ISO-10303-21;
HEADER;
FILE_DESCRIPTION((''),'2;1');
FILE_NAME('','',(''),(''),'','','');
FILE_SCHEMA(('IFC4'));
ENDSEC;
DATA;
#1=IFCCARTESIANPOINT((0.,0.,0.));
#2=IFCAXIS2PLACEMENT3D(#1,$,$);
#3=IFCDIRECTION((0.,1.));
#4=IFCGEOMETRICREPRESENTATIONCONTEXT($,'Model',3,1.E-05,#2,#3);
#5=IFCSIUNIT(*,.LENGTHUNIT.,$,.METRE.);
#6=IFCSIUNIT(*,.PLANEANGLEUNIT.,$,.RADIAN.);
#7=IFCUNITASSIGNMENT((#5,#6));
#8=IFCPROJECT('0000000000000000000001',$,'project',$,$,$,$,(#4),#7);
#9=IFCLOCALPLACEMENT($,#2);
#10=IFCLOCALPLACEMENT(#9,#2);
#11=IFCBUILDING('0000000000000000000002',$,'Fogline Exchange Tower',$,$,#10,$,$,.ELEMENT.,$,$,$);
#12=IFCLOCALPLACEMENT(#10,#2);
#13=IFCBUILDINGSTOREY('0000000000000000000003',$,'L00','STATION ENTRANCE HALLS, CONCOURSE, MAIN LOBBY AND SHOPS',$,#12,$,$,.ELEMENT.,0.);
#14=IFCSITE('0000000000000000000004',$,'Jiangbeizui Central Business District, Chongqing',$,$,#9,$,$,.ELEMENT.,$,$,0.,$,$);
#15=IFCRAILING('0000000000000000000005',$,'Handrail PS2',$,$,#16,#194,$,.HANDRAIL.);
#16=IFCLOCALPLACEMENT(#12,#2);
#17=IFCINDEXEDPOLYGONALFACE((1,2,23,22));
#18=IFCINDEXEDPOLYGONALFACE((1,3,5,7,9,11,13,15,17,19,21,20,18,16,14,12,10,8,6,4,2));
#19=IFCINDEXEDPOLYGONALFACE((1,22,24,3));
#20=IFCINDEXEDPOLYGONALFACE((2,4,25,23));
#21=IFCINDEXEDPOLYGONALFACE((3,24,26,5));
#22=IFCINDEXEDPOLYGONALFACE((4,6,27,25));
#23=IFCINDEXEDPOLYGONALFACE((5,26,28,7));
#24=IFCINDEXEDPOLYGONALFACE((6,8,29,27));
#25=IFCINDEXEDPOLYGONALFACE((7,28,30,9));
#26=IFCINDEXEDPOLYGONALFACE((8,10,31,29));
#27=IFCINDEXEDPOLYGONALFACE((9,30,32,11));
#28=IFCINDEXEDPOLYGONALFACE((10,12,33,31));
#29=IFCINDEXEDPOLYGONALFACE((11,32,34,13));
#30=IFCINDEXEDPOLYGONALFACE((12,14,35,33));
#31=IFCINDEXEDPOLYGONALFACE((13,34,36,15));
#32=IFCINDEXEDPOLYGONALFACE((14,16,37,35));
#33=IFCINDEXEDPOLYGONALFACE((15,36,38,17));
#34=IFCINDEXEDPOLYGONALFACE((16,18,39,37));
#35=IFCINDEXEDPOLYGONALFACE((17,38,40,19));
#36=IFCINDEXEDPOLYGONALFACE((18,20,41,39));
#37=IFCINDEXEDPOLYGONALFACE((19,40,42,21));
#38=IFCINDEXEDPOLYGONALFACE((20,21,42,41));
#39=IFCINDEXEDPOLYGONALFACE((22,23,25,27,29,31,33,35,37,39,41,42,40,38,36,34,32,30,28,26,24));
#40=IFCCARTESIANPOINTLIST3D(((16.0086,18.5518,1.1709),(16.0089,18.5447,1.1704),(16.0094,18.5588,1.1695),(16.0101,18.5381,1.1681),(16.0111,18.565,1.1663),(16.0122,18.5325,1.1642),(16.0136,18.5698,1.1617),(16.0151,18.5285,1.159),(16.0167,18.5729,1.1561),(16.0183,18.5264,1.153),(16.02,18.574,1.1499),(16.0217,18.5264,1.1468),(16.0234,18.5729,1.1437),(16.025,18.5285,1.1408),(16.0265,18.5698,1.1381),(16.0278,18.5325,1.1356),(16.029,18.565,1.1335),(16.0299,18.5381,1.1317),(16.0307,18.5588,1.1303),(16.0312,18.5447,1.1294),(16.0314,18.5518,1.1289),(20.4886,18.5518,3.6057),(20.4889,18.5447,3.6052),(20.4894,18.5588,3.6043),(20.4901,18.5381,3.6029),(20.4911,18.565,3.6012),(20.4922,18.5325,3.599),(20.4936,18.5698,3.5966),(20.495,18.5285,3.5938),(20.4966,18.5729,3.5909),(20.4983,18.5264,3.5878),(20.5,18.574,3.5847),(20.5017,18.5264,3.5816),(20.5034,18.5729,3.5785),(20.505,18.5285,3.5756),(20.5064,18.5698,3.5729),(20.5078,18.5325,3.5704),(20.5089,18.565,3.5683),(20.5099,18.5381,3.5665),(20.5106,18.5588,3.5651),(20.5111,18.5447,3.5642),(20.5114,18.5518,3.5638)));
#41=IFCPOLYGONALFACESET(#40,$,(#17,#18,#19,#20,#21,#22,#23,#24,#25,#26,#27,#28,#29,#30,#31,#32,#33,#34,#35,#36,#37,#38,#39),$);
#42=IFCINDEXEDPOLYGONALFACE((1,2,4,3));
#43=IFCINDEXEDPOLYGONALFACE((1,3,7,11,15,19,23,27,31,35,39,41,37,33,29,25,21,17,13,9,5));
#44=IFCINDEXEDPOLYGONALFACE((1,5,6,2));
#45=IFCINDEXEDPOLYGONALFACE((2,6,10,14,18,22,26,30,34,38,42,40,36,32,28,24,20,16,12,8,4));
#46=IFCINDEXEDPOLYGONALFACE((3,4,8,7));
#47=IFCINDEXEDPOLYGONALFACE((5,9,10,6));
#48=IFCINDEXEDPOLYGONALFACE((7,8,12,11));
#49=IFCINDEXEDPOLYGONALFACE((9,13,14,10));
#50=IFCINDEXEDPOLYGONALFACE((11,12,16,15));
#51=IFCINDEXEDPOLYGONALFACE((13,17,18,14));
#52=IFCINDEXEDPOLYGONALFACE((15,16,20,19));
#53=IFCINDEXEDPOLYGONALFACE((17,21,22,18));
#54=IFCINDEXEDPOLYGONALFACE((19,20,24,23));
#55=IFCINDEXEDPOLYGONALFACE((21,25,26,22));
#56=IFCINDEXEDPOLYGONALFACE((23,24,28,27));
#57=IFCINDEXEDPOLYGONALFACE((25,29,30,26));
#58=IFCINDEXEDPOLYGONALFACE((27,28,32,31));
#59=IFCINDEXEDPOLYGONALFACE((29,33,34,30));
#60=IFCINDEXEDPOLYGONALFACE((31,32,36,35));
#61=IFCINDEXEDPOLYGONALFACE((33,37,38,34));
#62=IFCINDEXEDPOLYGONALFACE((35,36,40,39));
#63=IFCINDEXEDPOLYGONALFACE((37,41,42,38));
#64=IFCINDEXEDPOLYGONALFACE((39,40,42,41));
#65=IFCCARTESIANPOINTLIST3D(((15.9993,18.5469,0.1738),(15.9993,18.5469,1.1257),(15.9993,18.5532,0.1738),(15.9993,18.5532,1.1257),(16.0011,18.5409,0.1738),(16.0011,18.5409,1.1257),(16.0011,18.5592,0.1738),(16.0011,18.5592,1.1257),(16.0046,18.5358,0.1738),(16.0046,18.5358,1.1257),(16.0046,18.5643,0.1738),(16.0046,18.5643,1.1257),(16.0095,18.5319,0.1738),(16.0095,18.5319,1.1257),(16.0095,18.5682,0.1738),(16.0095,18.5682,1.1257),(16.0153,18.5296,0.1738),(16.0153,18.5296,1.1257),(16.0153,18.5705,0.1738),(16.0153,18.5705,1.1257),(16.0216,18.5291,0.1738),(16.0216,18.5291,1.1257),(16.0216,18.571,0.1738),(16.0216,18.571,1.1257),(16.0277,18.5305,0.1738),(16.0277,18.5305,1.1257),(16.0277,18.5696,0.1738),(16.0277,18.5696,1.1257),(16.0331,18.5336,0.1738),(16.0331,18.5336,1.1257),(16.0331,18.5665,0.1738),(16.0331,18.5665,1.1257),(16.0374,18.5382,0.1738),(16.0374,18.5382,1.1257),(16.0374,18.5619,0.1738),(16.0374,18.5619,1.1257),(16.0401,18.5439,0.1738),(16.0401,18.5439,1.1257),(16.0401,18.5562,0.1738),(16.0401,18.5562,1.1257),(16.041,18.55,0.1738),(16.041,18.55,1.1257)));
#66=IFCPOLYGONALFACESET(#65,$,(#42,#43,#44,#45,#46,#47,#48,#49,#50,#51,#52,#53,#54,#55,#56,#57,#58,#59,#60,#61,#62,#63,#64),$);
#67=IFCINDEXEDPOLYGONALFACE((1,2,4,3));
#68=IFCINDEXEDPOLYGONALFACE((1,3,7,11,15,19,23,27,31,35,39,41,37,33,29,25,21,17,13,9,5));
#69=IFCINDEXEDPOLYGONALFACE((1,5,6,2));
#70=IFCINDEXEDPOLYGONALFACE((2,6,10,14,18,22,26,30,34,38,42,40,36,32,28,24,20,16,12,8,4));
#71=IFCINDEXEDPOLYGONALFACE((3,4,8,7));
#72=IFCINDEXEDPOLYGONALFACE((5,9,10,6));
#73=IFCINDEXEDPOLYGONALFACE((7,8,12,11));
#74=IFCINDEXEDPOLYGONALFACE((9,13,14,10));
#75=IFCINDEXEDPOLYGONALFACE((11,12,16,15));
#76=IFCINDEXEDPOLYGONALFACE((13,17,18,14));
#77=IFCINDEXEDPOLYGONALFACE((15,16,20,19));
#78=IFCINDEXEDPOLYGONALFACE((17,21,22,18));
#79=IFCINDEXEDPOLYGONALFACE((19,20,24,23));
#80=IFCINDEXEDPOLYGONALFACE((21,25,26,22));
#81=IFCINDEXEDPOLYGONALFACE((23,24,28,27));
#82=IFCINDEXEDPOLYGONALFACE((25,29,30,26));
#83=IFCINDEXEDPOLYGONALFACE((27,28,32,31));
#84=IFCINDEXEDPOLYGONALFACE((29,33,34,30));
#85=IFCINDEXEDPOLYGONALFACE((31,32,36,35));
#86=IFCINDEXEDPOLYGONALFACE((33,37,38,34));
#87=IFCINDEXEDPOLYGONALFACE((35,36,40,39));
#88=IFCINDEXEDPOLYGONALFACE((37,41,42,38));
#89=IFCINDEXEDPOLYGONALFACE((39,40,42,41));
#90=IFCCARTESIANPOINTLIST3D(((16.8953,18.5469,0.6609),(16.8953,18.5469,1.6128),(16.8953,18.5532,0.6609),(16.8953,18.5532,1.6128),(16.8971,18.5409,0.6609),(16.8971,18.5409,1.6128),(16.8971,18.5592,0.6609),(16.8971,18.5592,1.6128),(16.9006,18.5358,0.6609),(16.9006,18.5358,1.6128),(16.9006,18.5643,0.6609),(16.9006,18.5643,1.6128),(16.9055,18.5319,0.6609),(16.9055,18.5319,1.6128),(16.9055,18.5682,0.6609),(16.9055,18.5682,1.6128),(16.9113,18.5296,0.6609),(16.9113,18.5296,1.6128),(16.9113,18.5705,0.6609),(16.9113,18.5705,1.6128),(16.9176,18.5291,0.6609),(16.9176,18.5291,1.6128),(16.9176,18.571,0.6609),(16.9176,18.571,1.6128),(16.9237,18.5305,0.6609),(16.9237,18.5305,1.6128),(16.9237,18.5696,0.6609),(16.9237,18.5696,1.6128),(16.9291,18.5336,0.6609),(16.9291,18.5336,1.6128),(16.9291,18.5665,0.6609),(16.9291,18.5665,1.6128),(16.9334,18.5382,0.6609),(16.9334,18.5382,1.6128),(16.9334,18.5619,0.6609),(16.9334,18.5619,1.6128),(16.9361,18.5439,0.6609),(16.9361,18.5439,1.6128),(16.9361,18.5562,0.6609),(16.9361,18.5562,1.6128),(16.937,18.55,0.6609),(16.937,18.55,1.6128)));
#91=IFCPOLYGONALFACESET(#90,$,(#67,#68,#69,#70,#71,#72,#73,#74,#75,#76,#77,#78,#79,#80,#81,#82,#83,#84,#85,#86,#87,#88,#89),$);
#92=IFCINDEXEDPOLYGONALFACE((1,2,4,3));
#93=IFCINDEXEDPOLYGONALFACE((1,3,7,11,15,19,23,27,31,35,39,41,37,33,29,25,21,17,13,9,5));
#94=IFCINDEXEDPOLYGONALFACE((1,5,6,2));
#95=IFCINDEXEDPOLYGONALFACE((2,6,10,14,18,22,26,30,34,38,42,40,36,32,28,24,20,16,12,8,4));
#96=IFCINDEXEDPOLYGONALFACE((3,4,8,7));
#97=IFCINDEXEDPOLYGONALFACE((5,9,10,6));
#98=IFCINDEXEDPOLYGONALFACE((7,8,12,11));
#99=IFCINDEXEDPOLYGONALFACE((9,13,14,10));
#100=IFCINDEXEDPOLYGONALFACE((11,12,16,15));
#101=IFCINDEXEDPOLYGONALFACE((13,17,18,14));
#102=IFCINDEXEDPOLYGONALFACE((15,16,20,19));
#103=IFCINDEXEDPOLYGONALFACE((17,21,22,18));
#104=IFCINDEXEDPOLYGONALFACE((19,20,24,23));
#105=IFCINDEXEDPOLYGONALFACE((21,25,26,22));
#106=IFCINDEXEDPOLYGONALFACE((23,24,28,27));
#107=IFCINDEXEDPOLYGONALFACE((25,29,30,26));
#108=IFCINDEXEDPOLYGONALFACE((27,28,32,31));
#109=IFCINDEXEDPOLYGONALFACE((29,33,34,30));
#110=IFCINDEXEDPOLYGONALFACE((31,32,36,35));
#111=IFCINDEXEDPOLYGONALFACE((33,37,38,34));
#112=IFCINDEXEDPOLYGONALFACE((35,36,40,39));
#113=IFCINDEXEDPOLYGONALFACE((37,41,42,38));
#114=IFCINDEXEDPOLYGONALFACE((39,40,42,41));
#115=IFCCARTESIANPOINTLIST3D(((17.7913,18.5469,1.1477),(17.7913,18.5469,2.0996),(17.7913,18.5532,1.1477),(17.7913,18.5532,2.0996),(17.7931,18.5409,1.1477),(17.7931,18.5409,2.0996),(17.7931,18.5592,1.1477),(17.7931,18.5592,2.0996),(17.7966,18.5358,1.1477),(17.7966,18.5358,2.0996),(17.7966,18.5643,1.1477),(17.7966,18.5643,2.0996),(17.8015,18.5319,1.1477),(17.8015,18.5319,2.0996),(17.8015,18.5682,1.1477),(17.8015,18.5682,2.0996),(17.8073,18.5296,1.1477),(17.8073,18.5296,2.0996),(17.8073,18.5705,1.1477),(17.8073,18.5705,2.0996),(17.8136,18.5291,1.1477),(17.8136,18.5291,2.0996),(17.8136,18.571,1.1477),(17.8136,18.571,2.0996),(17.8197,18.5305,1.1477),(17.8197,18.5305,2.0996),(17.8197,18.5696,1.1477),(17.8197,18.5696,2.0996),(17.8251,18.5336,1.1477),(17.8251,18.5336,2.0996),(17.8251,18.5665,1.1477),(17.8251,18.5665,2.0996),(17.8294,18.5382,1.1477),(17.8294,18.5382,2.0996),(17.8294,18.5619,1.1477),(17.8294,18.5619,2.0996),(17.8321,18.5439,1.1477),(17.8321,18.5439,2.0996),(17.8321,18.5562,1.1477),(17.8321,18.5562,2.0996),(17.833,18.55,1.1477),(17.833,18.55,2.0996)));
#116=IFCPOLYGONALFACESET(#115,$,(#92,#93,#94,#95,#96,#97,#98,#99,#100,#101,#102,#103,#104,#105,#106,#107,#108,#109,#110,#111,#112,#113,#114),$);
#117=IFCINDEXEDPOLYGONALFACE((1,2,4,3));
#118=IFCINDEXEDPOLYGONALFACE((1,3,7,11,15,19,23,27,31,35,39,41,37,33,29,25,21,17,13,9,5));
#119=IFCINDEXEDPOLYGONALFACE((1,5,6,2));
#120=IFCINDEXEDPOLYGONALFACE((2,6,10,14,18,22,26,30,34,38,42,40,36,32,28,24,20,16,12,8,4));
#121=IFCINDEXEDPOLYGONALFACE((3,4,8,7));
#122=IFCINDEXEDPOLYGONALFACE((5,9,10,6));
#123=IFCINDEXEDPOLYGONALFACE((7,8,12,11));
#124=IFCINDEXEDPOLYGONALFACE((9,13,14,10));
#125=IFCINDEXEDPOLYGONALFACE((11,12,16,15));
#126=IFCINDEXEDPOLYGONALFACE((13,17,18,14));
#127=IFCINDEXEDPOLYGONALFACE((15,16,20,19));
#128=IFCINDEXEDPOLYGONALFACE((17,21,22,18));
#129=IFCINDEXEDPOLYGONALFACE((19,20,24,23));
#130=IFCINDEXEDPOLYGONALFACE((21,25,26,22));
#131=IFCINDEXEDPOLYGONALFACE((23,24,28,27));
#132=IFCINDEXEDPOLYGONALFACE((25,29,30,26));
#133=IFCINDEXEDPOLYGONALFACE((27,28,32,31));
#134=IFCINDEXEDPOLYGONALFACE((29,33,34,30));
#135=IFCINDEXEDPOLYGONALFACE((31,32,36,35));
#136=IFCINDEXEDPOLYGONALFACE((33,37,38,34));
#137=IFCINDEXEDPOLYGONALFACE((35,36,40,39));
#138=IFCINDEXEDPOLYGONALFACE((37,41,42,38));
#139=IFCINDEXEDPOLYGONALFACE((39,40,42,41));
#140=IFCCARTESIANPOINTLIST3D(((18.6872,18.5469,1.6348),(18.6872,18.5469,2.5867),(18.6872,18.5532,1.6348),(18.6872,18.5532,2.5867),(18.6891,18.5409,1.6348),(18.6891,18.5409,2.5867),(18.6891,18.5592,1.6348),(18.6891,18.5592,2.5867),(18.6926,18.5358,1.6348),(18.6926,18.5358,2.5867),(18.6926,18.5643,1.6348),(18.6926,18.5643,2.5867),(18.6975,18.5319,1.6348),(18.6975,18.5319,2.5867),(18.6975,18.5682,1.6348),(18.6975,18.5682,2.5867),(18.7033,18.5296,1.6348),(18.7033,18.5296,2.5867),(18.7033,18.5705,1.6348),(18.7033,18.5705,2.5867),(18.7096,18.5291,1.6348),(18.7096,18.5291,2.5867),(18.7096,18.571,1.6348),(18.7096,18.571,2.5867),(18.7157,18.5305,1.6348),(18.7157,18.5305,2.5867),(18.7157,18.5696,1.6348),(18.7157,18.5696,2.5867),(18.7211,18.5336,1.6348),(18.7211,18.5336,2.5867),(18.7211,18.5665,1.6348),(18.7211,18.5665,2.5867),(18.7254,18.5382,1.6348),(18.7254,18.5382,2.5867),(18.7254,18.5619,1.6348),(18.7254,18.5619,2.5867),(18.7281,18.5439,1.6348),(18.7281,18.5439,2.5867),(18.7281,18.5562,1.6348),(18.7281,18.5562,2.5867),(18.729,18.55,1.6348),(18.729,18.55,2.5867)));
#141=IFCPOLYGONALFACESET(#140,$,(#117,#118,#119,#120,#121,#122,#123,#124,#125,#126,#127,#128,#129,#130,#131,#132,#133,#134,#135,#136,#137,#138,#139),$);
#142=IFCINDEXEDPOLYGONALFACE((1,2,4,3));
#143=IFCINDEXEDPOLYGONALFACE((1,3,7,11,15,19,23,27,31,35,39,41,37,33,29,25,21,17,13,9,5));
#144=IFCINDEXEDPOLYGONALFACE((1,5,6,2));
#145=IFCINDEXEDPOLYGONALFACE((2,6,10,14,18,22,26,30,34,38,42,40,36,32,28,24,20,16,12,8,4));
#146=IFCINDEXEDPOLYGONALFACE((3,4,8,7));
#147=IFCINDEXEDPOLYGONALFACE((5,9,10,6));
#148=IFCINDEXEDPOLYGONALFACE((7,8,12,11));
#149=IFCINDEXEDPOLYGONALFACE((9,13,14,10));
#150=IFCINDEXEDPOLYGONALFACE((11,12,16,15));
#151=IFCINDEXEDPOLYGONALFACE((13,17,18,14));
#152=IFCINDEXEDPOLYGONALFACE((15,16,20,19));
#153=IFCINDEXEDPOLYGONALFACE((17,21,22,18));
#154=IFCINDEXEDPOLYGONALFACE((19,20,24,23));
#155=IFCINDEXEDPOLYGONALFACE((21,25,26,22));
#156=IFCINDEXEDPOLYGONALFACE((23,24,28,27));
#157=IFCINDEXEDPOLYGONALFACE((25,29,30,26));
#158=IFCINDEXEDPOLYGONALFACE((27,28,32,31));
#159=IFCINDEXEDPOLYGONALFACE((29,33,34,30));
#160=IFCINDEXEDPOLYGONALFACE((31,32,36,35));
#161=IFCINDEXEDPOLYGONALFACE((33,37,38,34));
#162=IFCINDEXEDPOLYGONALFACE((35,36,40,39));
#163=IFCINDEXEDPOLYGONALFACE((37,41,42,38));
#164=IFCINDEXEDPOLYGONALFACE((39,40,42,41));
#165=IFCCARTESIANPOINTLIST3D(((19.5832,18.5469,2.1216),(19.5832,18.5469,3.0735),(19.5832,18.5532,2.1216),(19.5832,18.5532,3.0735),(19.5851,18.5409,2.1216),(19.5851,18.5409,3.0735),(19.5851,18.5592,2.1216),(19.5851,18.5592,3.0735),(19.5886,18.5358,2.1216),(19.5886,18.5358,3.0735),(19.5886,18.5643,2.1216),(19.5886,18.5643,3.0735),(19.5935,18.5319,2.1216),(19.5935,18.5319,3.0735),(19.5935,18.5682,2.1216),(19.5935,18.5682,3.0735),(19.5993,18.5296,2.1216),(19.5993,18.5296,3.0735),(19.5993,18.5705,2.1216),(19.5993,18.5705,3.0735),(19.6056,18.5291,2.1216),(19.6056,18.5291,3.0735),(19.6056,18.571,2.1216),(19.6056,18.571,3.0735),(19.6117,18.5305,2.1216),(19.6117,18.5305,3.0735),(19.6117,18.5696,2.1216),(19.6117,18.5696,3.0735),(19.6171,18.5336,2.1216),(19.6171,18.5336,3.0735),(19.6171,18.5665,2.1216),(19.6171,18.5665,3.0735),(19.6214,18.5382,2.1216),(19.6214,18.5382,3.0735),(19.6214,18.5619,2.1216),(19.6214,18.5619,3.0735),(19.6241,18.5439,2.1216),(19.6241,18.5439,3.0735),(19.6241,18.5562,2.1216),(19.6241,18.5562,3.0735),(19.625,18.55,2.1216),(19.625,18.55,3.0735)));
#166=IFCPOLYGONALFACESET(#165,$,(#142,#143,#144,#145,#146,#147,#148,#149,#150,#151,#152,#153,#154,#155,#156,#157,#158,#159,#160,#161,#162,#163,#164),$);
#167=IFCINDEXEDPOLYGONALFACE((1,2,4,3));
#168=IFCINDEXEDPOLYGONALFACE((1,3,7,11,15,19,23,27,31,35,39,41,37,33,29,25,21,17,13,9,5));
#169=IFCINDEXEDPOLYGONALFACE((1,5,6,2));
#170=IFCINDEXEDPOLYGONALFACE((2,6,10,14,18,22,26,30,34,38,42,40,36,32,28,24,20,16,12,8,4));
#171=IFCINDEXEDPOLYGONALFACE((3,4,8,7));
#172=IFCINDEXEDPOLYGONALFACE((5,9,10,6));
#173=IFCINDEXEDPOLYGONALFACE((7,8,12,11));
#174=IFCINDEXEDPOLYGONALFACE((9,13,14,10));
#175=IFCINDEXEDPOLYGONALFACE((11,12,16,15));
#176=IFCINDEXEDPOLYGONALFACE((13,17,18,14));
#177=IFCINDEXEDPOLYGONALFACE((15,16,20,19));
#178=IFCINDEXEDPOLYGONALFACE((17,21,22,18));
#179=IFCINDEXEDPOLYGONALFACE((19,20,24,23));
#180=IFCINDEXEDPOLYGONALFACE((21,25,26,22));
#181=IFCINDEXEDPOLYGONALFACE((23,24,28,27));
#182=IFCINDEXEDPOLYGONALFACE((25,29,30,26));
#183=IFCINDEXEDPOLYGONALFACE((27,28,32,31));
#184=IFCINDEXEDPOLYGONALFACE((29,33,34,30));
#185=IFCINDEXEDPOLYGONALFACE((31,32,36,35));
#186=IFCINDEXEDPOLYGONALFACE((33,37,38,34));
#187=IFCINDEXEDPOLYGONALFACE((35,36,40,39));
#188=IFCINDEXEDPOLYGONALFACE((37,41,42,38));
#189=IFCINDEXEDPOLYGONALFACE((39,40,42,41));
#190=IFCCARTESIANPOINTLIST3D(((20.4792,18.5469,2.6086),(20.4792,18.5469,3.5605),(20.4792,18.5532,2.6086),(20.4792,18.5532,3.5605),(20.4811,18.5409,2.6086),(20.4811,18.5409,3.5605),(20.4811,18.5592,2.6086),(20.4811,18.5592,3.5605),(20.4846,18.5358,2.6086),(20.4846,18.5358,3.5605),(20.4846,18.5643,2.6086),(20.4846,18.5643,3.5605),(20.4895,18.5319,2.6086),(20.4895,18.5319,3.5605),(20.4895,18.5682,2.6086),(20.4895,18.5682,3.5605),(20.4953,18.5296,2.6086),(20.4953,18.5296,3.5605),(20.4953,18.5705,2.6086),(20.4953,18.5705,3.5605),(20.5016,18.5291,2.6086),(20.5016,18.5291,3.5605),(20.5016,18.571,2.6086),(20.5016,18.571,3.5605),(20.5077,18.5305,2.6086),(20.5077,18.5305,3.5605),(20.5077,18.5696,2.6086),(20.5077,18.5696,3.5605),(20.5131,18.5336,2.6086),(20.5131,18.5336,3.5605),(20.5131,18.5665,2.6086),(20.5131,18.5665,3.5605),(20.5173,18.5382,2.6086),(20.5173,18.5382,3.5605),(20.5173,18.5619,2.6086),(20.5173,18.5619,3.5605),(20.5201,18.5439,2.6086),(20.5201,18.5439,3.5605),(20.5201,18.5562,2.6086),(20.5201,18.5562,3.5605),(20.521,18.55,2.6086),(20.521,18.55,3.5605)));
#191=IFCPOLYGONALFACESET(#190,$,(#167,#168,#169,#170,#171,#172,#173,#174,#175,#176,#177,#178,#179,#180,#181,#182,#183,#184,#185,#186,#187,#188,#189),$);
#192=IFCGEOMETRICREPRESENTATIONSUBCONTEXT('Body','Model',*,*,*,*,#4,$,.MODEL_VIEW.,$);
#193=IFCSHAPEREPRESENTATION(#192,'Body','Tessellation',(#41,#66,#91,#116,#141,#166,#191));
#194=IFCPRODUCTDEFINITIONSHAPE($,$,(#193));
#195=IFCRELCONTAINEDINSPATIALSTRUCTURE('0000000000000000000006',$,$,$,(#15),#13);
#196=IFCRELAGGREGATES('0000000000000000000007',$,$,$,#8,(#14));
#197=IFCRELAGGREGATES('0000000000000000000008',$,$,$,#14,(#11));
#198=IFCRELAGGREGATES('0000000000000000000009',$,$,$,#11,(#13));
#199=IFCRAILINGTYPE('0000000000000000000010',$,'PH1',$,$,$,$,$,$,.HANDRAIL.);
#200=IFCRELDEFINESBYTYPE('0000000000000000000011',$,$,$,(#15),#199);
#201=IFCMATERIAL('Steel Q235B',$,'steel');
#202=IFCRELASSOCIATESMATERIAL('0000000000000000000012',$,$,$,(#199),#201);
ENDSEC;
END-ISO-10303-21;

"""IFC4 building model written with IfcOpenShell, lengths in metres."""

from ifc_helpers import new_model, si_unit, direction, frame, origin, origin_2d, place, context, subcontext, project, spatial, circle, extrude, material, type_object, element, save


model = new_model("IFC4")

# Units and contexts
model_context = context("Model", 3, precision=1e-05, world=origin(), true_north=direction((0.0, 1.0)))
body_context = subcontext(model_context, "Body", "Model", "MODEL_VIEW")
ifc_project = project(units=[si_unit("LENGTHUNIT", "METRE"), si_unit("PLANEANGLEUNIT", "RADIAN")], contexts=[model_context])

# Site, building, storey
site_placement = place(None, origin())
site = spatial("IfcSite", under=ifc_project, at=site_placement, Name="Jiangbeizui Central Business District, Chongqing", CompositionType="ELEMENT", RefElevation=0.0)
building_placement = place(site_placement, origin())
building = spatial("IfcBuilding", under=site, at=building_placement, Name="Fogline Exchange Tower", CompositionType="ELEMENT")
storey_placement = place(building_placement, origin())
storey = spatial("IfcBuildingStorey", under=building, at=storey_placement, Name="L00", Description="STATION ENTRANCE HALLS, CONCOURSE, MAIN LOBBY AND SHOPS", CompositionType="ELEMENT", Elevation=0.0)

# Shared definitions
ifc_material_1 = material(Name="Steel Q235B", Category="steel")

# Railing
railing_type_1 = type_object("IfcRailingType", Name="PH1", PredefinedType="HANDRAIL", material=ifc_material_1)
for number, where, name in (
    (1, (16.02, 18.55, 0.1738), "Handrail PS2"),
):
    element("IfcRailing", number, at=place(storey_placement, frame(where)), inside=storey, type_object=railing_type_1, Name=name, PredefinedType="HANDRAIL", context=body_context, shape_type="SweptSolid", body=[
        extrude(circle(Radius=0.0239, at=origin_2d()), frame((0.0, 0.0, 0.9761), z_axis=(0.878621, 0.0, 0.47752), x_axis=(0.0, 1.0, 0.0)), (0.0, 0.0, 1.0), 5.0989),
        extrude(circle(Radius=0.021, at=origin_2d()), origin(), (0.0, 0.0, 1.0), 0.9519),
        extrude(circle(Radius=0.021, at=origin_2d()), frame((0.896, 0.0, 0.4871)), (0.0, 0.0, 1.0), 0.9519),
        extrude(circle(Radius=0.021, at=origin_2d()), frame((1.792, 0.0, 0.9739)), (0.0, 0.0, 1.0), 0.9519),
        extrude(circle(Radius=0.021, at=origin_2d()), frame((2.688, 0.0, 1.4609)), (0.0, 0.0, 1.0), 0.9519),
        extrude(circle(Radius=0.021, at=origin_2d()), frame((3.584, 0.0, 1.9478)), (0.0, 0.0, 1.0), 0.9519),
        extrude(circle(Radius=0.021, at=origin_2d()), frame((4.48, 0.0, 2.4348)), (0.0, 0.0, 1.0), 0.9519),
    ])

save(model, "model.ifc")
